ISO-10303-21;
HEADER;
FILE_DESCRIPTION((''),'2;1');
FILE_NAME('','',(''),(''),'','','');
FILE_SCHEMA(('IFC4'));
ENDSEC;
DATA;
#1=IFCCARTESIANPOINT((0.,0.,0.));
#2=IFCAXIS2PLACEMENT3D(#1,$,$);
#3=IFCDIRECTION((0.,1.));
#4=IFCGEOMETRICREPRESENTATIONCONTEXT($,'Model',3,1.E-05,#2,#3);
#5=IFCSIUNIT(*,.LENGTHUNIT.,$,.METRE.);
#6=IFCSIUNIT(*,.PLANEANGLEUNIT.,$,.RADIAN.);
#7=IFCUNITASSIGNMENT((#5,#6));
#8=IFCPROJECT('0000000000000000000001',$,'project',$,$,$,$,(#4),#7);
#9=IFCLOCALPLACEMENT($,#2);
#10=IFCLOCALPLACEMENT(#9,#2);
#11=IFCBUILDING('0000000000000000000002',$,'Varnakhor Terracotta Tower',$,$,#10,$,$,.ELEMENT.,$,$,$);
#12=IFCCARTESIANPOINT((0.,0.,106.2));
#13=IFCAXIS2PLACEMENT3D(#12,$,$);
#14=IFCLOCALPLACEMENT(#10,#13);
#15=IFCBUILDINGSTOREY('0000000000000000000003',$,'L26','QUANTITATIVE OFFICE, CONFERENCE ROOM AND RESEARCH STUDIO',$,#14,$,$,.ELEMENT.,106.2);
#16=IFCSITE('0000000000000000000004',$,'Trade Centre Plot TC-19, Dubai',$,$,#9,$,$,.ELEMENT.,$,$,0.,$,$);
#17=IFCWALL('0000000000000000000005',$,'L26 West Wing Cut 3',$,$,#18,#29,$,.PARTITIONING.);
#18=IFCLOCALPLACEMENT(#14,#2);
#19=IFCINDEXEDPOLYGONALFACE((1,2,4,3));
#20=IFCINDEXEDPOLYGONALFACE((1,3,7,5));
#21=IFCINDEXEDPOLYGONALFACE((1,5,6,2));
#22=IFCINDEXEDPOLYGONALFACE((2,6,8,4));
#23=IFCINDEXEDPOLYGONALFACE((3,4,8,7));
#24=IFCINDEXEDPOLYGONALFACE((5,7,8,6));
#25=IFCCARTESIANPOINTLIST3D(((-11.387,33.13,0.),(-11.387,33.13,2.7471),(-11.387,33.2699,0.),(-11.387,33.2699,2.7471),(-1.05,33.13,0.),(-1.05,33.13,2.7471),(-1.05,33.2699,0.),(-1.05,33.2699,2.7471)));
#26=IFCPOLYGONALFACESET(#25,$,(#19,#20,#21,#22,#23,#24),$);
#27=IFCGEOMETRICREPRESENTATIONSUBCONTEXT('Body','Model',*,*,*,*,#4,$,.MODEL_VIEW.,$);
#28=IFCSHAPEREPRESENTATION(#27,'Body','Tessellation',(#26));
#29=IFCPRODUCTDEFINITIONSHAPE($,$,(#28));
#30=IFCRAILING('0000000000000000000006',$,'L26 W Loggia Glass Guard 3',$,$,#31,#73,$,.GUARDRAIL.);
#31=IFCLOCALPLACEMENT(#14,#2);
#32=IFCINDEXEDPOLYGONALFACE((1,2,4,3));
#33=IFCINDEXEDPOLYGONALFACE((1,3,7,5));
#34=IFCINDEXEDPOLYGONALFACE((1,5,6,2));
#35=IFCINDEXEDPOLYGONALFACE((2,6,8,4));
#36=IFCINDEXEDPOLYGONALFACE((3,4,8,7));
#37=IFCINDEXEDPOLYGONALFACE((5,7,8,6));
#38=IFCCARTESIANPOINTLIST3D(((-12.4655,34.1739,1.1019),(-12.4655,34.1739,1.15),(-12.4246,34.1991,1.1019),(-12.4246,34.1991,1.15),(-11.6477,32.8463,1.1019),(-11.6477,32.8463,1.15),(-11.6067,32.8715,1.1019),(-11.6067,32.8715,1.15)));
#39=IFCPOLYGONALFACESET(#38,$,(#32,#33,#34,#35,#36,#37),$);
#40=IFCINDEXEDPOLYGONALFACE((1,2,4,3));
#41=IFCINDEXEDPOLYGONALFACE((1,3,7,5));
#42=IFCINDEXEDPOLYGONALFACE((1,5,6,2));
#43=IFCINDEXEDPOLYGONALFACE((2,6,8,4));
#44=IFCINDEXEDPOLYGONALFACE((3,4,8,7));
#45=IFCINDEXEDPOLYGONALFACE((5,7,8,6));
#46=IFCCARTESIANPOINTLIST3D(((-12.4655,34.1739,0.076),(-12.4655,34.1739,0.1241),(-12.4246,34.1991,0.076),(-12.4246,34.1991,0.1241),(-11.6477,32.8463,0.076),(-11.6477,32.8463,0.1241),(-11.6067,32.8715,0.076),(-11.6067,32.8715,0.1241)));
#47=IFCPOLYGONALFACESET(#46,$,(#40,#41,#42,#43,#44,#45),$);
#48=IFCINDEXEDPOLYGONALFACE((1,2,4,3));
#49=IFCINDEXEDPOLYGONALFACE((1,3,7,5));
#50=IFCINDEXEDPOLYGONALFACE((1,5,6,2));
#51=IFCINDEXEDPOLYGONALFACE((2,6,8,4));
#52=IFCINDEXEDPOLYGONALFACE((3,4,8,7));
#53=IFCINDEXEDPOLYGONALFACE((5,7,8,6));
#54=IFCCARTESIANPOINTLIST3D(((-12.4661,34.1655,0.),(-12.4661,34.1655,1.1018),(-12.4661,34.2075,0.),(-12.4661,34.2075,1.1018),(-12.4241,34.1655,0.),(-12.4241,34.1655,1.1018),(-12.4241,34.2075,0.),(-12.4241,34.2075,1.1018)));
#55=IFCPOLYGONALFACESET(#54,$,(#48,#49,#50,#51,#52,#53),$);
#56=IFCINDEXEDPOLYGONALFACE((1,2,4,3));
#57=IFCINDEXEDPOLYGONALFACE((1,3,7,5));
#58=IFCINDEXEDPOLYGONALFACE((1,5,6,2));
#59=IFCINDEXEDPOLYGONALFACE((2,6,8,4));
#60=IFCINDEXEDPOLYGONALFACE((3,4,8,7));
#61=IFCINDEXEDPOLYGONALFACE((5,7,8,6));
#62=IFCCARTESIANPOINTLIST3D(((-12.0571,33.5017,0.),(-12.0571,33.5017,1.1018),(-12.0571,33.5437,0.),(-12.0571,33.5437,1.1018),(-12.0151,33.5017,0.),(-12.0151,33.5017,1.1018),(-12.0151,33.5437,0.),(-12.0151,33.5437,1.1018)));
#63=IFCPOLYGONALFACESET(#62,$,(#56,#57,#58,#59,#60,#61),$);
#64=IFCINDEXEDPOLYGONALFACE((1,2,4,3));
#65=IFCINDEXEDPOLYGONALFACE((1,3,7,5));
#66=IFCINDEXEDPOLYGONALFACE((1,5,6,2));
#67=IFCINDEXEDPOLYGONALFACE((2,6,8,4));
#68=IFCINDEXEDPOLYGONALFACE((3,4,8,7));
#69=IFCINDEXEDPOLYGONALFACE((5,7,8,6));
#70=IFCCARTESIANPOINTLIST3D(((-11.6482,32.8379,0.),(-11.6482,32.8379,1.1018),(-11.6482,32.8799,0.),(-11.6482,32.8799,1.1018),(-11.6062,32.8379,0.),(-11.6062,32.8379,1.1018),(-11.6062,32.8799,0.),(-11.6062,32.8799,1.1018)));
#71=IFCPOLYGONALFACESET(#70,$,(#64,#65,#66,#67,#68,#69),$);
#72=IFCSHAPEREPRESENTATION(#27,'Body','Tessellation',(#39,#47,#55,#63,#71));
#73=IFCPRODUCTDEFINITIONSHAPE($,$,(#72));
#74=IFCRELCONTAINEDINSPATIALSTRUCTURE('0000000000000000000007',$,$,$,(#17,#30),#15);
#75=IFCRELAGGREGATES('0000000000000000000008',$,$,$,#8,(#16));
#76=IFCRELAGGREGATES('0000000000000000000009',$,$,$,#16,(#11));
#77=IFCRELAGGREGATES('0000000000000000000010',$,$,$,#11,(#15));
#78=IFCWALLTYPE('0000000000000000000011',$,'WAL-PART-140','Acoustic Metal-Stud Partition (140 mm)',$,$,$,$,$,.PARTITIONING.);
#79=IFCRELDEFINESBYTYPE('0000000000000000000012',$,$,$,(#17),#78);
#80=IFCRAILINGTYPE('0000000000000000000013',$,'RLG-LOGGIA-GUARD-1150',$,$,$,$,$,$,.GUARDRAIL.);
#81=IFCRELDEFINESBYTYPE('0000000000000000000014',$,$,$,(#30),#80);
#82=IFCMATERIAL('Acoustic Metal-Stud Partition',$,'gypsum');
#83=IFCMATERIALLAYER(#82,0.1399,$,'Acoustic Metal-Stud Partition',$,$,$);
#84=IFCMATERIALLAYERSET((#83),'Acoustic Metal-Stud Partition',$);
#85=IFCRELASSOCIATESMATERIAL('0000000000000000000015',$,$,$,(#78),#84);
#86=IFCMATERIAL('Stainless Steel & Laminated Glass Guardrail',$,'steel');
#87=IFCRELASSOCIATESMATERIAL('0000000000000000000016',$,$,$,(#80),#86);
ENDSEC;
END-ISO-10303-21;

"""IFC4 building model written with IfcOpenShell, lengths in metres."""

from ifc_helpers import new_model, si_unit, direction, frame, frame_2d, origin, origin_2d, place, context, subcontext, project, spatial, rectangle, extrude, material, layer, layer_set, type_object, element, save


model = new_model("IFC4")

# Units and contexts
model_context = context("Model", 3, precision=1e-05, world=origin(), true_north=direction((0.0, 1.0)))
body_context = subcontext(model_context, "Body", "Model", "MODEL_VIEW")
ifc_project = project(units=[si_unit("LENGTHUNIT", "METRE"), si_unit("PLANEANGLEUNIT", "RADIAN")], contexts=[model_context])

# Site, building, storey
site_placement = place(None, origin())
site = spatial("IfcSite", under=ifc_project, at=site_placement, Name="Trade Centre Plot TC-19, Dubai", CompositionType="ELEMENT", RefElevation=0.0)
building_placement = place(site_placement, origin())
building = spatial("IfcBuilding", under=site, at=building_placement, Name="Varnakhor Terracotta Tower", CompositionType="ELEMENT")
storey_placement = place(building_placement, frame((0.0, 0.0, 106.2)))
storey = spatial("IfcBuildingStorey", under=building, at=storey_placement, Name="L26", Description="QUANTITATIVE OFFICE, CONFERENCE ROOM AND RESEARCH STUDIO", CompositionType="ELEMENT", Elevation=106.2)

# Shared definitions
ifc_material_1 = material(Name="Acoustic Metal-Stud Partition", Category="gypsum")
ifc_layer_1 = layer(ifc_material_1, 0.1399, Name="Acoustic Metal-Stud Partition")
ifc_layer_set_1 = layer_set([ifc_layer_1], Name="Acoustic Metal-Stud Partition")
wall_type = type_object("IfcWallType", Name="WAL-PART-140", Description="Acoustic Metal-Stud Partition (140 mm)", PredefinedType="PARTITIONING", material=ifc_layer_set_1)

# Wall
wall_1_placement = place(storey_placement, frame((-11.387, 33.2, 0.0), z_axis=(0.0, 0.0, 1.0), x_axis=(1.0, 0.0, 0.0)))
element("IfcWall", 1, at=wall_1_placement, inside=storey, type_object=wall_type, Name="L26 West Wing Cut 3", PredefinedType="PARTITIONING", context=body_context, shape_type="SweptSolid", body=[
    extrude(rectangle(XDim=10.3369, YDim=0.1399, at=frame_2d((5.1685, 0.0))), origin(), (0.0, 0.0, 1.0), 2.7471),
])

# Railing
ifc_material_2 = material(Name="Stainless Steel & Laminated Glass Guardrail", Category="steel")
railing_type = type_object("IfcRailingType", Name="RLG-LOGGIA-GUARD-1150", PredefinedType="GUARDRAIL", material=ifc_material_2)
railing_placement = place(storey_placement, frame((-12.4451, 34.1865, 0.0)))
element("IfcRailing", 2, at=railing_placement, inside=storey, type_object=railing_type, Name="L26 W Loggia Glass Guard 3", PredefinedType="GUARDRAIL", context=body_context, shape_type="SweptSolid", body=[
    extrude(rectangle(XDim=0.0481, YDim=0.0481, at=origin_2d()), frame((0.0, 0.0, 1.126), z_axis=(0.524499, -0.851411, 0.0), x_axis=(0.851411, 0.524499, 0.0)), (0.0, 0.0, 1.0), 1.5593),
    extrude(rectangle(XDim=0.0481, YDim=0.0481, at=origin_2d()), frame((0.0, 0.0, 0.1001), z_axis=(0.524499, -0.851411, 0.0), x_axis=(0.851411, 0.524499, 0.0)), (0.0, 0.0, 1.0), 1.5593),
    extrude(rectangle(XDim=0.042, YDim=0.042, at=origin_2d()), origin(), (0.0, 0.0, 1.0), 1.1018),
    extrude(rectangle(XDim=0.042, YDim=0.042, at=origin_2d()), frame((0.4089, -0.6638, 0.0)), (0.0, 0.0, 1.0), 1.1018),
    extrude(rectangle(XDim=0.042, YDim=0.042, at=origin_2d()), frame((0.8179, -1.3276, 0.0)), (0.0, 0.0, 1.0), 1.1018),
])

save(model, "model.ifc")
